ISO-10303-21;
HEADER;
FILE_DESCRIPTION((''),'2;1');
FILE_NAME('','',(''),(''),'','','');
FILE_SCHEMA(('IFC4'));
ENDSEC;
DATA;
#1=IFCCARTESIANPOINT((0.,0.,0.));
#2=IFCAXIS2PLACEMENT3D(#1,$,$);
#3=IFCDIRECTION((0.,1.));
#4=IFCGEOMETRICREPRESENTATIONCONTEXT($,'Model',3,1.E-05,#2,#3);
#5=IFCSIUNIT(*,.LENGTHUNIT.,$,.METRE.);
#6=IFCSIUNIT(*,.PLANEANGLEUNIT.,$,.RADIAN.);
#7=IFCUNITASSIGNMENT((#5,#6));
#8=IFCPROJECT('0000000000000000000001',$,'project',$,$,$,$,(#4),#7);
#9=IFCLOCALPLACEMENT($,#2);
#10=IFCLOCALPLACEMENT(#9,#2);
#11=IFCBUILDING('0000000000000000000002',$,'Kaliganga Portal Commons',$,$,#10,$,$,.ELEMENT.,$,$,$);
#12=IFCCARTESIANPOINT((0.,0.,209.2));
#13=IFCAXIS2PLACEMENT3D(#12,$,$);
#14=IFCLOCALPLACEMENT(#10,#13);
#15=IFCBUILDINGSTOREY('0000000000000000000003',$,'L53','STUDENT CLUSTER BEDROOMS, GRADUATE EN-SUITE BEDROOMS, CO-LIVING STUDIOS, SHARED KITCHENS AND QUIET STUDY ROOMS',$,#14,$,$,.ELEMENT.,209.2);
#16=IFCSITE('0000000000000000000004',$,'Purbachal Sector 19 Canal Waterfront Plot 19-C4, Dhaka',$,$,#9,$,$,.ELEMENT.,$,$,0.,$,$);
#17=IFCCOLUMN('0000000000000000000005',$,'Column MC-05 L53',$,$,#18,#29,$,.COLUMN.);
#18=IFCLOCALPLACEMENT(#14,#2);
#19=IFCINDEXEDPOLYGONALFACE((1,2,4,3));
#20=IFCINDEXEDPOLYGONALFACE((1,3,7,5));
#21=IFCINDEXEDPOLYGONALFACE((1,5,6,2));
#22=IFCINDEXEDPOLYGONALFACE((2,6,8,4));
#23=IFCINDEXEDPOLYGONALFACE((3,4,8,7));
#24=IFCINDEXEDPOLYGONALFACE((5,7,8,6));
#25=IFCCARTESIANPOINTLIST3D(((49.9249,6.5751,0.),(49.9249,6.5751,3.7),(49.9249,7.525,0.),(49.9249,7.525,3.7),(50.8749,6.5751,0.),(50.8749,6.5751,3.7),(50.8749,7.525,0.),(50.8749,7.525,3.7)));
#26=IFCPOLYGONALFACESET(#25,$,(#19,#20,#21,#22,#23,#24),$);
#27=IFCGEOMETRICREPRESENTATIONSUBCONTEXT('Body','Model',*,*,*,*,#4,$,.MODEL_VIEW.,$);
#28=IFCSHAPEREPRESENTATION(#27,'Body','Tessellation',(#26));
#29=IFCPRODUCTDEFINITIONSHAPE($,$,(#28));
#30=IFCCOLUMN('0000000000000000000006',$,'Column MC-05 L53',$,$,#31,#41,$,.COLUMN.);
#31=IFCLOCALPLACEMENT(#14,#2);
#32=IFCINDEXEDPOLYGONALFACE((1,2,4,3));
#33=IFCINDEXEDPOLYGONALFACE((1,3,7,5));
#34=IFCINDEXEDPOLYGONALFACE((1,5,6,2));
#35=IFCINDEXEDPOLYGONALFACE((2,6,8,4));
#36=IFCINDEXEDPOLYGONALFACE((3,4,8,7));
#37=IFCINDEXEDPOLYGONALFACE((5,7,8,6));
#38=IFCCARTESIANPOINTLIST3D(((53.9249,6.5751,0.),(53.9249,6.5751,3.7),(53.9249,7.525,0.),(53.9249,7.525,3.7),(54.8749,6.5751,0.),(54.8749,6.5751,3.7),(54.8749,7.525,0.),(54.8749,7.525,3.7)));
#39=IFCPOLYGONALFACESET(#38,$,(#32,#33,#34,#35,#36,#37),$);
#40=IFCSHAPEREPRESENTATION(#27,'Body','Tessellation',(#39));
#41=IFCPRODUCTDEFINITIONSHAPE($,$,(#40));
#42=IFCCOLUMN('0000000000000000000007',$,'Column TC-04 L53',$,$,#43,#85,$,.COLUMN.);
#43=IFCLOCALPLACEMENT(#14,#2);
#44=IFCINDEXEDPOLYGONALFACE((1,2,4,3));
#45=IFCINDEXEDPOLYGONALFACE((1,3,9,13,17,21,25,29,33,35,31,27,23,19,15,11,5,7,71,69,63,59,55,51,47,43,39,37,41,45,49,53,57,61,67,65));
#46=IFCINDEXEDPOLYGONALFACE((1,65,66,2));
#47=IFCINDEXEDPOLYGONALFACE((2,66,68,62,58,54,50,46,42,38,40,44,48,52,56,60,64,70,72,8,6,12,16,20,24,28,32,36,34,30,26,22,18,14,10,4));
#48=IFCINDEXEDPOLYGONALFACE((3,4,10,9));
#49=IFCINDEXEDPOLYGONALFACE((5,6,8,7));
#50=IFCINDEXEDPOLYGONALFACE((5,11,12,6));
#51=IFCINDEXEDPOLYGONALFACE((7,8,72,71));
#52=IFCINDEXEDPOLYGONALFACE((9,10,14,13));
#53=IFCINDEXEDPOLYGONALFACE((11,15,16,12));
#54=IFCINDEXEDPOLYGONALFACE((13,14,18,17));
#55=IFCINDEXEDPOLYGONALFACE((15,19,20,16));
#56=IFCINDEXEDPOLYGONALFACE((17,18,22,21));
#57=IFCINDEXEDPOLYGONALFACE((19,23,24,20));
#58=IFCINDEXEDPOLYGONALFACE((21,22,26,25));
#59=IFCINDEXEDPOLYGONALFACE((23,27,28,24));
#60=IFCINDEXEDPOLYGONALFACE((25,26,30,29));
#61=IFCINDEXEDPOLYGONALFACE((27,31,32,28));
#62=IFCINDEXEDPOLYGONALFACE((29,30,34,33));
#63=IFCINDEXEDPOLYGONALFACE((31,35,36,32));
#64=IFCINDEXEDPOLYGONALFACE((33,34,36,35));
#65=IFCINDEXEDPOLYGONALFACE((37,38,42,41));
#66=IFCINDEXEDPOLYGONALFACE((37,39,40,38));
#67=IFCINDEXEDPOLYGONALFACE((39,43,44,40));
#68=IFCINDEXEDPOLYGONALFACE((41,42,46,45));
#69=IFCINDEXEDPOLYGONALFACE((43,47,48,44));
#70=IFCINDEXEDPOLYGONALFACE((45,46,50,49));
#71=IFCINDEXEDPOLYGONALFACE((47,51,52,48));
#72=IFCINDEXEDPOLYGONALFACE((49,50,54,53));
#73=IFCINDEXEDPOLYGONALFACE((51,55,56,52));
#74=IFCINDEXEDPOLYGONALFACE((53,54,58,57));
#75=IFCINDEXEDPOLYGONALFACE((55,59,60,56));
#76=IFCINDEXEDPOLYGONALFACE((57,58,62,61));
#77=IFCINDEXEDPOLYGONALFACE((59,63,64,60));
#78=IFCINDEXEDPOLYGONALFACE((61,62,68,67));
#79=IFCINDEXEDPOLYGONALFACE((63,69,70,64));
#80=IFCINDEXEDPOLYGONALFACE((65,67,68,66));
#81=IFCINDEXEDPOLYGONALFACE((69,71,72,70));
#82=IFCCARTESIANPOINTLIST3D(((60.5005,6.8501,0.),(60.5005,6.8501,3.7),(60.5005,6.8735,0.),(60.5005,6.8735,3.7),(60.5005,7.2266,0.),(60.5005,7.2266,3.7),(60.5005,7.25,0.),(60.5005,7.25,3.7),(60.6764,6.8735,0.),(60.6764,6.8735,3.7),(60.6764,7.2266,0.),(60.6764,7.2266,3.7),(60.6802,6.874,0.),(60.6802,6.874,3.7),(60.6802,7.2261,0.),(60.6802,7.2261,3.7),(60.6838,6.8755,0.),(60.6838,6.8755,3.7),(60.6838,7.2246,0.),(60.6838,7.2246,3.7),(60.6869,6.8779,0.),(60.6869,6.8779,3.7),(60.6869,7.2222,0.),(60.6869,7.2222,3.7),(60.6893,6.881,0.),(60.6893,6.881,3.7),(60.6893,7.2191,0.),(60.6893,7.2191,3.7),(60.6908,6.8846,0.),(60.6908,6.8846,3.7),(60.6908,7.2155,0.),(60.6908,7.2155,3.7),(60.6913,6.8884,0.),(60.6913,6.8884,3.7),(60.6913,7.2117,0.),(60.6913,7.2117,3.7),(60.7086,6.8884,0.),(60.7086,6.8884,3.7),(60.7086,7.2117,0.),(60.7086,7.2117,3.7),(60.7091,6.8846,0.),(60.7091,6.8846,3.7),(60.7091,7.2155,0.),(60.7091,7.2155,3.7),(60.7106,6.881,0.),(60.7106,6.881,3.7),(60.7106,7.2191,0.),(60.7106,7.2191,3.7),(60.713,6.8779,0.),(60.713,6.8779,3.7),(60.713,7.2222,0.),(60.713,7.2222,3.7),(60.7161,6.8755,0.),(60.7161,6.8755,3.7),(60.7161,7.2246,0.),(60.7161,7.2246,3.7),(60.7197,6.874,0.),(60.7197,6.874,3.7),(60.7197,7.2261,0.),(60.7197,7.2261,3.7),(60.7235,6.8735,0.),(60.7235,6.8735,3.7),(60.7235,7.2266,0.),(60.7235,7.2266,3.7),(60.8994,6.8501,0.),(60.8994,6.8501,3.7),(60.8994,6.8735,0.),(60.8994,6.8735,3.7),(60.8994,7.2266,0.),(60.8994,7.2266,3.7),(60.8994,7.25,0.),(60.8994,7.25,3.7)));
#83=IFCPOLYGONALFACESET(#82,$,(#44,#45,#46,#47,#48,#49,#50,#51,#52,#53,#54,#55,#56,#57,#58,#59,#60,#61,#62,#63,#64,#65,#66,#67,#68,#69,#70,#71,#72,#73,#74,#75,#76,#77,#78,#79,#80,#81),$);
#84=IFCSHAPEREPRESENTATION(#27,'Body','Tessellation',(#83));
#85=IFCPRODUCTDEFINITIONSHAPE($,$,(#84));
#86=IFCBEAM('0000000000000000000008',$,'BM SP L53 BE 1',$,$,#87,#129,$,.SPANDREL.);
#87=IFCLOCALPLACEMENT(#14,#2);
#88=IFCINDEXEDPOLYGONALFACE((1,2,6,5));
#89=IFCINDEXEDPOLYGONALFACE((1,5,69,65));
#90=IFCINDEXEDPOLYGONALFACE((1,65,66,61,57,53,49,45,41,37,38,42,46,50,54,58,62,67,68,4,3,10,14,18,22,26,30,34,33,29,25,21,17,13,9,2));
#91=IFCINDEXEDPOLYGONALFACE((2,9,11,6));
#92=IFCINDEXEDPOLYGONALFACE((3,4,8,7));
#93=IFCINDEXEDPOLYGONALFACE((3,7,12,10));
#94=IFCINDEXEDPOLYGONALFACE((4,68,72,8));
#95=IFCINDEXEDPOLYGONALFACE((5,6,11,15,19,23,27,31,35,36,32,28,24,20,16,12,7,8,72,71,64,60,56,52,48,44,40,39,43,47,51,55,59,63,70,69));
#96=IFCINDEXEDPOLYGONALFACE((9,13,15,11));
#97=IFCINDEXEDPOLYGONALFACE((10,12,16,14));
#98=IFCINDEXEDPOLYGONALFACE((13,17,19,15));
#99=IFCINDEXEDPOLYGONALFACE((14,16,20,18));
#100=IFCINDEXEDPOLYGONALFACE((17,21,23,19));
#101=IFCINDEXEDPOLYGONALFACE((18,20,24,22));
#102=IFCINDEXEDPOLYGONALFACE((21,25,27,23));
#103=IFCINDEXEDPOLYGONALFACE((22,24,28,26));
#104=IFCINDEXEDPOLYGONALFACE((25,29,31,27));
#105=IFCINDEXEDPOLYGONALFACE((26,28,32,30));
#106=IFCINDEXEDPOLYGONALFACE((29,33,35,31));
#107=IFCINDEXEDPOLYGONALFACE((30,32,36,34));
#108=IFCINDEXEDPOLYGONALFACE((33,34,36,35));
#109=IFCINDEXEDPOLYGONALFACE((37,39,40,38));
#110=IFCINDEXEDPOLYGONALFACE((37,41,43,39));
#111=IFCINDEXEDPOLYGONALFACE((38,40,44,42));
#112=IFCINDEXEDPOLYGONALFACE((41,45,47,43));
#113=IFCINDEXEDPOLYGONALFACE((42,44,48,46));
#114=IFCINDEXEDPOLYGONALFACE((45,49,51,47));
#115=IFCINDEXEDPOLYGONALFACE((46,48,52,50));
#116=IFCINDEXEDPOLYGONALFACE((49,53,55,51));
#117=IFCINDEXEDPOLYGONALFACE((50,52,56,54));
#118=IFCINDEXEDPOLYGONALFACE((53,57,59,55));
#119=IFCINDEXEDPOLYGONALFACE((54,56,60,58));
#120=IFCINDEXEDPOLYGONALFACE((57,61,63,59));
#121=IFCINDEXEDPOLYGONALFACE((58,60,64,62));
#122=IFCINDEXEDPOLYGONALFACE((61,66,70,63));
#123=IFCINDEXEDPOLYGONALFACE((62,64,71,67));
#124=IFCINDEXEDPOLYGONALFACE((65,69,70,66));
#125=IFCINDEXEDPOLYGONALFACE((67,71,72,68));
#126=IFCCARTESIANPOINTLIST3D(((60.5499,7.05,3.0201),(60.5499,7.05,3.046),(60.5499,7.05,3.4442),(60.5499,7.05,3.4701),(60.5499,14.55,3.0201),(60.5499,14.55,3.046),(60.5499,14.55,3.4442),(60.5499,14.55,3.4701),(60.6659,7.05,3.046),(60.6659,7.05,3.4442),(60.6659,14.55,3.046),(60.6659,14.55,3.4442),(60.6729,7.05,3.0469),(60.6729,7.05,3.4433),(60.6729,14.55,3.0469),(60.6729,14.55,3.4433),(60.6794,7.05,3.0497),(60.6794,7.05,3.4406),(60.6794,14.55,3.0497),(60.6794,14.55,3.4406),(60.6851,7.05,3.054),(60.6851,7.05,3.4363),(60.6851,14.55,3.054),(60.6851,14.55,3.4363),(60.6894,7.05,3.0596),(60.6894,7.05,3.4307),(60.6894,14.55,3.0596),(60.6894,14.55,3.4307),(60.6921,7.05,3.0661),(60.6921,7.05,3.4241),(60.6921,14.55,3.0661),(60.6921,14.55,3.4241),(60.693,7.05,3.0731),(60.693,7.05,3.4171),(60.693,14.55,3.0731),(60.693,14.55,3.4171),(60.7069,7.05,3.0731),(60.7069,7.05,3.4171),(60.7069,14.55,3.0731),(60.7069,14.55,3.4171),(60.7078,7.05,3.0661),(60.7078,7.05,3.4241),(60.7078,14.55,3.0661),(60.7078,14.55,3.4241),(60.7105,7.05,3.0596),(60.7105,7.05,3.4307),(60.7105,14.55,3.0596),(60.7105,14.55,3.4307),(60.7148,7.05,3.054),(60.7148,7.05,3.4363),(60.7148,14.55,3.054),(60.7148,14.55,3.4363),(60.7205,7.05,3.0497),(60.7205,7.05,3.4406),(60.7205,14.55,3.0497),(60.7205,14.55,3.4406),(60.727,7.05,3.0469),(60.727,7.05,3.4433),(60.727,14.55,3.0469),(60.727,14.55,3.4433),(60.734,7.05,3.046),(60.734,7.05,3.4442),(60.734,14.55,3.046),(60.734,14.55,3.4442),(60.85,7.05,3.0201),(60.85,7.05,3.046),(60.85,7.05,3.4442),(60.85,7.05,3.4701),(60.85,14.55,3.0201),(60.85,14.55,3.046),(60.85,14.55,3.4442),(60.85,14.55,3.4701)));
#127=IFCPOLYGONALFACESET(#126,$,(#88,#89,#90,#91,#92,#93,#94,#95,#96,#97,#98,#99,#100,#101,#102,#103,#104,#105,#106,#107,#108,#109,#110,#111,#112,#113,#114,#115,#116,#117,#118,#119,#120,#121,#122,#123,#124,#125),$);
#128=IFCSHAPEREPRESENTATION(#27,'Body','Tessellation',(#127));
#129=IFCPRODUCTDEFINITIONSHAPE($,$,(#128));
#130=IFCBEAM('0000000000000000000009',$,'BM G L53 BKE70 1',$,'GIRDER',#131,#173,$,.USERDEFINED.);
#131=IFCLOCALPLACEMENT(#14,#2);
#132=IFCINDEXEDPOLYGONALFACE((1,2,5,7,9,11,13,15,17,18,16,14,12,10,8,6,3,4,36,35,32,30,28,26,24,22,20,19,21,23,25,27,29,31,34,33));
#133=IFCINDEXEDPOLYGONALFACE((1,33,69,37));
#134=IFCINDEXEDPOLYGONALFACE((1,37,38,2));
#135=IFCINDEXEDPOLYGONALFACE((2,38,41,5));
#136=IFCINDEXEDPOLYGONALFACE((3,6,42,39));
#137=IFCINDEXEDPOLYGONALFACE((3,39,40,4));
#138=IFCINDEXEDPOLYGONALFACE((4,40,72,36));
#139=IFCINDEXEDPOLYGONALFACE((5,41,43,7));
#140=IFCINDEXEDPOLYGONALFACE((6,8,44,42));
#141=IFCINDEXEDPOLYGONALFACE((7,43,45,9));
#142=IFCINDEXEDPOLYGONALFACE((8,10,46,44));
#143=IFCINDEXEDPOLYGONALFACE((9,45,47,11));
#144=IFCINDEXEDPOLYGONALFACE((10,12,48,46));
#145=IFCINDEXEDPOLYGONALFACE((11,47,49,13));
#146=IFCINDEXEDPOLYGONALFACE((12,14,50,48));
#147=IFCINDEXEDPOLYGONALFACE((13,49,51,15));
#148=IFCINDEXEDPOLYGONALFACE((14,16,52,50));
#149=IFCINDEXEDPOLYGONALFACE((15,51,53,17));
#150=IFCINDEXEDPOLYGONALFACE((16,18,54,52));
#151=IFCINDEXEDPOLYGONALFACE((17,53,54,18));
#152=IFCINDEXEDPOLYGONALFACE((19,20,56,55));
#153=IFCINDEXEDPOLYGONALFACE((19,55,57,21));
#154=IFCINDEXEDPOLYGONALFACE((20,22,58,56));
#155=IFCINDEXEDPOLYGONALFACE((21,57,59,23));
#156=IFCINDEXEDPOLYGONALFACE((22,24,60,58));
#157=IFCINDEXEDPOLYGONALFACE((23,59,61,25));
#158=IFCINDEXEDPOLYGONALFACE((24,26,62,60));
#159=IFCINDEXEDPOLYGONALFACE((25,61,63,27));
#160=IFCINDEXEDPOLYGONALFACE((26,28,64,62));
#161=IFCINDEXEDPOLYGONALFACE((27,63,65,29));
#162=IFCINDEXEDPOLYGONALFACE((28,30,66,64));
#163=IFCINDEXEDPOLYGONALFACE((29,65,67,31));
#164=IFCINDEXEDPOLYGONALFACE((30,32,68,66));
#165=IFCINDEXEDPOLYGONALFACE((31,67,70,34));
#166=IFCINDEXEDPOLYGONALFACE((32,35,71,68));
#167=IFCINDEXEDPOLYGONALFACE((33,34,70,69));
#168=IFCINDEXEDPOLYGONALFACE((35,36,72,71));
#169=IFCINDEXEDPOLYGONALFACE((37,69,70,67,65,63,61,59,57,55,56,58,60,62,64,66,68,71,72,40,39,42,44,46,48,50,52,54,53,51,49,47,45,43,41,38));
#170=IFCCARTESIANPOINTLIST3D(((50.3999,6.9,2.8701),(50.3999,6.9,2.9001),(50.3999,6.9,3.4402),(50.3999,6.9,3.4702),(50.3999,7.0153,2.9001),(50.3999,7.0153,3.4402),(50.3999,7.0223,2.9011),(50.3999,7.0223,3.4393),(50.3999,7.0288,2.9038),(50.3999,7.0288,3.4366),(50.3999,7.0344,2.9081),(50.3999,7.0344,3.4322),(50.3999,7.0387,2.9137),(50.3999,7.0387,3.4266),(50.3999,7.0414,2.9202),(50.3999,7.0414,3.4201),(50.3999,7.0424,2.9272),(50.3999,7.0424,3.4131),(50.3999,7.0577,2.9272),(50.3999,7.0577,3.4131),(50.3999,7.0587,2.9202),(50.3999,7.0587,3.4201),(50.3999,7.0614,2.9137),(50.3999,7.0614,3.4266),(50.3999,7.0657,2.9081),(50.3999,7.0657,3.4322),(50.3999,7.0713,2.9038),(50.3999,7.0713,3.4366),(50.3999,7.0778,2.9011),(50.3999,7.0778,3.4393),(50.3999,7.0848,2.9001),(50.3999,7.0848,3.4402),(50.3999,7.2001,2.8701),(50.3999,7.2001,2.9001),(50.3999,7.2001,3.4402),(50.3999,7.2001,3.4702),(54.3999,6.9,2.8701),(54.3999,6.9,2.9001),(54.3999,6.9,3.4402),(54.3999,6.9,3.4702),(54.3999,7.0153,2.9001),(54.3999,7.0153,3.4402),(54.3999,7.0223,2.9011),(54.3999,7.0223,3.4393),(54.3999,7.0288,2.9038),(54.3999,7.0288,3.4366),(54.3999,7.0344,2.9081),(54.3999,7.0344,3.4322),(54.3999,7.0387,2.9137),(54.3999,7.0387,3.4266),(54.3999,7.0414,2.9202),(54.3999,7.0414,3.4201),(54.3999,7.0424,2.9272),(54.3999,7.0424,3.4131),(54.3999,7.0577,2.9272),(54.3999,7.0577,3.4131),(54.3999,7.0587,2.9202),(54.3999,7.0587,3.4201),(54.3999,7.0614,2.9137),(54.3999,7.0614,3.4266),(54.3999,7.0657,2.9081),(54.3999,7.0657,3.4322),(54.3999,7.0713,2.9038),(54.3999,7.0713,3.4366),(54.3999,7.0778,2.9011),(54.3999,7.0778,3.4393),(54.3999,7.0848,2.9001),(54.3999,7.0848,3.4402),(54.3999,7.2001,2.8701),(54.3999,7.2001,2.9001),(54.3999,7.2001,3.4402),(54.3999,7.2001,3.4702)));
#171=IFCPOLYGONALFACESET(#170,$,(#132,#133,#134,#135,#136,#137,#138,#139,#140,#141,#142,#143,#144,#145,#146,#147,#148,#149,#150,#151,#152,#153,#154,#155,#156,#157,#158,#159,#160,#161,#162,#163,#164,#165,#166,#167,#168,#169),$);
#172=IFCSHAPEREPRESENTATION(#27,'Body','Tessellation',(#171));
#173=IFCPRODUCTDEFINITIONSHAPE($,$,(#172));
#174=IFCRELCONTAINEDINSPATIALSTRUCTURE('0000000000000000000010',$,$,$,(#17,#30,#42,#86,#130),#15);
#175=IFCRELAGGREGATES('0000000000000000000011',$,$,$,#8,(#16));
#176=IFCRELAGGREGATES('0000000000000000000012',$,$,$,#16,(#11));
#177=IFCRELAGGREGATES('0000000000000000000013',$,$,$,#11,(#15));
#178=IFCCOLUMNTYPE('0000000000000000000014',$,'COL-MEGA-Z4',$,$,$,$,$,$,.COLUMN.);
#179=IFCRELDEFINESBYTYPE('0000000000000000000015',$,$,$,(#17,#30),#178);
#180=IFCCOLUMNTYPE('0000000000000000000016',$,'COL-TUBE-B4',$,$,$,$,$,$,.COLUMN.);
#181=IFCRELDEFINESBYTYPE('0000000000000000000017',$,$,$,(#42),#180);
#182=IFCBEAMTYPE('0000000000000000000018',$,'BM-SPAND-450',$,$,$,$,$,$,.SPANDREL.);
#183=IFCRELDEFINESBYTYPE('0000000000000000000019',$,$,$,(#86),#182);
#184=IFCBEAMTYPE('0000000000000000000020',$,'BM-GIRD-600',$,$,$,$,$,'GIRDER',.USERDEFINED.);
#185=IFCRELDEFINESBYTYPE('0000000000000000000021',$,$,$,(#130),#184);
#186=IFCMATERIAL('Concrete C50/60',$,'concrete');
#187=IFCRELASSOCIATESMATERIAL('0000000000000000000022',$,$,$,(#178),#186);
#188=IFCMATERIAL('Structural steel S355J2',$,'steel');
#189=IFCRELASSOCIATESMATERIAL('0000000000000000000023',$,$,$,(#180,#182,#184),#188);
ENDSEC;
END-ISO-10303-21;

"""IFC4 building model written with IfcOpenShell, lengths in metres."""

from ifc_helpers import new_model, si_unit, direction, frame, origin, origin_2d, place, context, subcontext, project, spatial, rectangle, i_section, extrude, source, transform, mapped, material, material_profile, profile_set, type_object, element, save


model = new_model("IFC4")

# Units and contexts
model_context = context("Model", 3, precision=1e-05, world=origin(), true_north=direction((0.0, 1.0)))
body_context = subcontext(model_context, "Body", "Model", "MODEL_VIEW")
ifc_project = project(units=[si_unit("LENGTHUNIT", "METRE"), si_unit("PLANEANGLEUNIT", "RADIAN")], contexts=[model_context])

# Site, building, storey
site_placement = place(None, origin())
site = spatial("IfcSite", under=ifc_project, at=site_placement, Name="Purbachal Sector 19 Canal Waterfront Plot 19-C4, Dhaka", CompositionType="ELEMENT", RefElevation=0.0)
building_placement = place(site_placement, origin())
building = spatial("IfcBuilding", under=site, at=building_placement, Name="Kaliganga Portal Commons", CompositionType="ELEMENT")
storey_placement = place(building_placement, frame((0.0, 0.0, 209.2)))
storey = spatial("IfcBuildingStorey", under=building, at=storey_placement, Name="L53", Description="STUDENT CLUSTER BEDROOMS, GRADUATE EN-SUITE BEDROOMS, CO-LIVING STUDIOS, SHARED KITCHENS AND QUIET STUDY ROOMS", CompositionType="ELEMENT", Elevation=209.2)

# Columns
ifc_material_1 = material(Name="Concrete C50/60", Category="concrete")
ifc_material_profile_1 = material_profile(ifc_material_1, rectangle(XDim=0.95, YDim=0.95, at=origin_2d()), Name="RC 950x950")
ifc_profile_set_1 = profile_set([ifc_material_profile_1], Name="Concrete C50/60")
column_type_1 = type_object("IfcColumnType", Name="COL-MEGA-Z4", PredefinedType="COLUMN", material=ifc_profile_set_1)
shared_shape_1 = source(origin(), body_context, "Body", "SweptSolid", [
    extrude(rectangle(XDim=0.95, YDim=0.95, at=origin_2d()), origin(), (0.0, 0.0, 1.0), 3.7),
])
for number, where, z_axis, x_axis, name in (
    (1, (50.3999, 7.05, 0.0), (0.0, 0.0, 1.0), (1.0, 0.0, 0.0), "Column MC-05 L53"),
    (2, (54.3999, 7.05, 0.0), (0.0, 0.0, 1.0), (1.0, 0.0, 0.0), "Column MC-05 L53"),
):
    element("IfcColumn", number, at=place(storey_placement, frame(where, z_axis=z_axis, x_axis=x_axis)), inside=storey, type_object=column_type_1, Name=name, PredefinedType="COLUMN", context=body_context, shape_type="MappedRepresentation", body=[
        mapped(shared_shape_1, transform((0.0, 0.0, 0.0), x_axis=(1.0, 0.0, 0.0), y_axis=(0.0, 1.0, 0.0), z_axis=(0.0, 0.0, 1.0), scale=1.0)),
    ])
ifc_material_2 = material(Name="Structural steel S355J2", Category="steel")
ifc_material_profile_2 = material_profile(ifc_material_2, i_section(OverallWidth=0.3989, OverallDepth=0.3999, WebThickness=0.0173, FlangeThickness=0.0234, FilletRadius=0.0149, at=origin_2d()), Name="HD 400x287")
ifc_profile_set_2 = profile_set([ifc_material_profile_2], Name="Structural steel S355J2 wide-flange")
column_type_2 = type_object("IfcColumnType", Name="COL-TUBE-B4", PredefinedType="COLUMN", material=ifc_profile_set_2)
shared_shape_2 = source(origin(), body_context, "Body", "SweptSolid", [
    extrude(i_section(OverallWidth=0.3989, OverallDepth=0.3999, WebThickness=0.0173, FlangeThickness=0.0234, FilletRadius=0.0149, at=origin_2d()), origin(), (0.0, 0.0, 1.0), 3.7),
])
column_placement = place(storey_placement, frame((60.7, 7.05, 0.0), z_axis=(0.0, 0.0, 1.0), x_axis=(1.0, 0.0, 0.0)))
element("IfcColumn", 3, at=column_placement, inside=storey, type_object=column_type_2, Name="Column TC-04 L53", PredefinedType="COLUMN", context=body_context, shape_type="MappedRepresentation", body=[
    mapped(shared_shape_2, transform((0.0, 0.0, 0.0), x_axis=(1.0, 0.0, 0.0), y_axis=(0.0, 1.0, 0.0), z_axis=(0.0, 0.0, 1.0), scale=1.0)),
])

# Beams
ifc_material_profile_3 = material_profile(ifc_material_2, i_section(OverallWidth=0.3, OverallDepth=0.45, WebThickness=0.0139, FlangeThickness=0.0259, FilletRadius=0.0271, at=origin_2d()), Name="HE 450 B")
ifc_profile_set_3 = profile_set([ifc_material_profile_3], Name="Structural steel S355J2 wide-flange")
beam_type_1 = type_object("IfcBeamType", Name="BM-SPAND-450", PredefinedType="SPANDREL", material=ifc_profile_set_3)
shared_shape_3 = source(origin(), body_context, "Body", "SweptSolid", [
    extrude(i_section(OverallWidth=0.3, OverallDepth=0.45, WebThickness=0.0139, FlangeThickness=0.0259, FilletRadius=0.0271, at=origin_2d()), origin(), (0.0, 0.0, 1.0), 7.5),
])
beam_1_placement = place(storey_placement, frame((60.7, 7.05, 3.2451), z_axis=(0.0, 1.0, 0.0), x_axis=(-1.0, 0.0, 0.0)))
element("IfcBeam", 4, at=beam_1_placement, inside=storey, type_object=beam_type_1, Name="BM SP L53 BE 1", PredefinedType="SPANDREL", context=body_context, shape_type="MappedRepresentation", body=[
    mapped(shared_shape_3, transform((0.0, 0.0, 0.0), x_axis=(1.0, 0.0, 0.0), y_axis=(0.0, 1.0, 0.0), z_axis=(0.0, 0.0, 1.0), scale=1.0)),
])
ifc_material_profile_4 = material_profile(ifc_material_2, i_section(OverallWidth=0.3, OverallDepth=0.6001, WebThickness=0.0154, FlangeThickness=0.03, FilletRadius=0.0271, at=origin_2d()), Name="HE 600 B")
ifc_profile_set_4 = profile_set([ifc_material_profile_4], Name="Structural steel S355J2 wide-flange")
beam_type_2 = type_object("IfcBeamType", Name="BM-GIRD-600", ElementType="GIRDER", PredefinedType="USERDEFINED", material=ifc_profile_set_4)
shared_shape_4 = source(origin(), body_context, "Body", "SweptSolid", [
    extrude(i_section(OverallWidth=0.3, OverallDepth=0.6001, WebThickness=0.0154, FlangeThickness=0.03, FilletRadius=0.0271, at=origin_2d()), origin(), (0.0, 0.0, 1.0), 4.0),
])
beam_2_placement = place(storey_placement, frame((50.3999, 7.05, 3.1702), z_axis=(1.0, 0.0, 0.0), x_axis=(0.0, 1.0, 0.0)))
element("IfcBeam", 5, at=beam_2_placement, inside=storey, type_object=beam_type_2, Name="BM G L53 BKE70 1", ObjectType="GIRDER", PredefinedType="USERDEFINED", context=body_context, shape_type="MappedRepresentation", body=[
    mapped(shared_shape_4, transform((0.0, 0.0, 0.0), x_axis=(1.0, 0.0, 0.0), y_axis=(0.0, 1.0, 0.0), z_axis=(0.0, 0.0, 1.0), scale=1.0)),
])

save(model, "model.ifc")
